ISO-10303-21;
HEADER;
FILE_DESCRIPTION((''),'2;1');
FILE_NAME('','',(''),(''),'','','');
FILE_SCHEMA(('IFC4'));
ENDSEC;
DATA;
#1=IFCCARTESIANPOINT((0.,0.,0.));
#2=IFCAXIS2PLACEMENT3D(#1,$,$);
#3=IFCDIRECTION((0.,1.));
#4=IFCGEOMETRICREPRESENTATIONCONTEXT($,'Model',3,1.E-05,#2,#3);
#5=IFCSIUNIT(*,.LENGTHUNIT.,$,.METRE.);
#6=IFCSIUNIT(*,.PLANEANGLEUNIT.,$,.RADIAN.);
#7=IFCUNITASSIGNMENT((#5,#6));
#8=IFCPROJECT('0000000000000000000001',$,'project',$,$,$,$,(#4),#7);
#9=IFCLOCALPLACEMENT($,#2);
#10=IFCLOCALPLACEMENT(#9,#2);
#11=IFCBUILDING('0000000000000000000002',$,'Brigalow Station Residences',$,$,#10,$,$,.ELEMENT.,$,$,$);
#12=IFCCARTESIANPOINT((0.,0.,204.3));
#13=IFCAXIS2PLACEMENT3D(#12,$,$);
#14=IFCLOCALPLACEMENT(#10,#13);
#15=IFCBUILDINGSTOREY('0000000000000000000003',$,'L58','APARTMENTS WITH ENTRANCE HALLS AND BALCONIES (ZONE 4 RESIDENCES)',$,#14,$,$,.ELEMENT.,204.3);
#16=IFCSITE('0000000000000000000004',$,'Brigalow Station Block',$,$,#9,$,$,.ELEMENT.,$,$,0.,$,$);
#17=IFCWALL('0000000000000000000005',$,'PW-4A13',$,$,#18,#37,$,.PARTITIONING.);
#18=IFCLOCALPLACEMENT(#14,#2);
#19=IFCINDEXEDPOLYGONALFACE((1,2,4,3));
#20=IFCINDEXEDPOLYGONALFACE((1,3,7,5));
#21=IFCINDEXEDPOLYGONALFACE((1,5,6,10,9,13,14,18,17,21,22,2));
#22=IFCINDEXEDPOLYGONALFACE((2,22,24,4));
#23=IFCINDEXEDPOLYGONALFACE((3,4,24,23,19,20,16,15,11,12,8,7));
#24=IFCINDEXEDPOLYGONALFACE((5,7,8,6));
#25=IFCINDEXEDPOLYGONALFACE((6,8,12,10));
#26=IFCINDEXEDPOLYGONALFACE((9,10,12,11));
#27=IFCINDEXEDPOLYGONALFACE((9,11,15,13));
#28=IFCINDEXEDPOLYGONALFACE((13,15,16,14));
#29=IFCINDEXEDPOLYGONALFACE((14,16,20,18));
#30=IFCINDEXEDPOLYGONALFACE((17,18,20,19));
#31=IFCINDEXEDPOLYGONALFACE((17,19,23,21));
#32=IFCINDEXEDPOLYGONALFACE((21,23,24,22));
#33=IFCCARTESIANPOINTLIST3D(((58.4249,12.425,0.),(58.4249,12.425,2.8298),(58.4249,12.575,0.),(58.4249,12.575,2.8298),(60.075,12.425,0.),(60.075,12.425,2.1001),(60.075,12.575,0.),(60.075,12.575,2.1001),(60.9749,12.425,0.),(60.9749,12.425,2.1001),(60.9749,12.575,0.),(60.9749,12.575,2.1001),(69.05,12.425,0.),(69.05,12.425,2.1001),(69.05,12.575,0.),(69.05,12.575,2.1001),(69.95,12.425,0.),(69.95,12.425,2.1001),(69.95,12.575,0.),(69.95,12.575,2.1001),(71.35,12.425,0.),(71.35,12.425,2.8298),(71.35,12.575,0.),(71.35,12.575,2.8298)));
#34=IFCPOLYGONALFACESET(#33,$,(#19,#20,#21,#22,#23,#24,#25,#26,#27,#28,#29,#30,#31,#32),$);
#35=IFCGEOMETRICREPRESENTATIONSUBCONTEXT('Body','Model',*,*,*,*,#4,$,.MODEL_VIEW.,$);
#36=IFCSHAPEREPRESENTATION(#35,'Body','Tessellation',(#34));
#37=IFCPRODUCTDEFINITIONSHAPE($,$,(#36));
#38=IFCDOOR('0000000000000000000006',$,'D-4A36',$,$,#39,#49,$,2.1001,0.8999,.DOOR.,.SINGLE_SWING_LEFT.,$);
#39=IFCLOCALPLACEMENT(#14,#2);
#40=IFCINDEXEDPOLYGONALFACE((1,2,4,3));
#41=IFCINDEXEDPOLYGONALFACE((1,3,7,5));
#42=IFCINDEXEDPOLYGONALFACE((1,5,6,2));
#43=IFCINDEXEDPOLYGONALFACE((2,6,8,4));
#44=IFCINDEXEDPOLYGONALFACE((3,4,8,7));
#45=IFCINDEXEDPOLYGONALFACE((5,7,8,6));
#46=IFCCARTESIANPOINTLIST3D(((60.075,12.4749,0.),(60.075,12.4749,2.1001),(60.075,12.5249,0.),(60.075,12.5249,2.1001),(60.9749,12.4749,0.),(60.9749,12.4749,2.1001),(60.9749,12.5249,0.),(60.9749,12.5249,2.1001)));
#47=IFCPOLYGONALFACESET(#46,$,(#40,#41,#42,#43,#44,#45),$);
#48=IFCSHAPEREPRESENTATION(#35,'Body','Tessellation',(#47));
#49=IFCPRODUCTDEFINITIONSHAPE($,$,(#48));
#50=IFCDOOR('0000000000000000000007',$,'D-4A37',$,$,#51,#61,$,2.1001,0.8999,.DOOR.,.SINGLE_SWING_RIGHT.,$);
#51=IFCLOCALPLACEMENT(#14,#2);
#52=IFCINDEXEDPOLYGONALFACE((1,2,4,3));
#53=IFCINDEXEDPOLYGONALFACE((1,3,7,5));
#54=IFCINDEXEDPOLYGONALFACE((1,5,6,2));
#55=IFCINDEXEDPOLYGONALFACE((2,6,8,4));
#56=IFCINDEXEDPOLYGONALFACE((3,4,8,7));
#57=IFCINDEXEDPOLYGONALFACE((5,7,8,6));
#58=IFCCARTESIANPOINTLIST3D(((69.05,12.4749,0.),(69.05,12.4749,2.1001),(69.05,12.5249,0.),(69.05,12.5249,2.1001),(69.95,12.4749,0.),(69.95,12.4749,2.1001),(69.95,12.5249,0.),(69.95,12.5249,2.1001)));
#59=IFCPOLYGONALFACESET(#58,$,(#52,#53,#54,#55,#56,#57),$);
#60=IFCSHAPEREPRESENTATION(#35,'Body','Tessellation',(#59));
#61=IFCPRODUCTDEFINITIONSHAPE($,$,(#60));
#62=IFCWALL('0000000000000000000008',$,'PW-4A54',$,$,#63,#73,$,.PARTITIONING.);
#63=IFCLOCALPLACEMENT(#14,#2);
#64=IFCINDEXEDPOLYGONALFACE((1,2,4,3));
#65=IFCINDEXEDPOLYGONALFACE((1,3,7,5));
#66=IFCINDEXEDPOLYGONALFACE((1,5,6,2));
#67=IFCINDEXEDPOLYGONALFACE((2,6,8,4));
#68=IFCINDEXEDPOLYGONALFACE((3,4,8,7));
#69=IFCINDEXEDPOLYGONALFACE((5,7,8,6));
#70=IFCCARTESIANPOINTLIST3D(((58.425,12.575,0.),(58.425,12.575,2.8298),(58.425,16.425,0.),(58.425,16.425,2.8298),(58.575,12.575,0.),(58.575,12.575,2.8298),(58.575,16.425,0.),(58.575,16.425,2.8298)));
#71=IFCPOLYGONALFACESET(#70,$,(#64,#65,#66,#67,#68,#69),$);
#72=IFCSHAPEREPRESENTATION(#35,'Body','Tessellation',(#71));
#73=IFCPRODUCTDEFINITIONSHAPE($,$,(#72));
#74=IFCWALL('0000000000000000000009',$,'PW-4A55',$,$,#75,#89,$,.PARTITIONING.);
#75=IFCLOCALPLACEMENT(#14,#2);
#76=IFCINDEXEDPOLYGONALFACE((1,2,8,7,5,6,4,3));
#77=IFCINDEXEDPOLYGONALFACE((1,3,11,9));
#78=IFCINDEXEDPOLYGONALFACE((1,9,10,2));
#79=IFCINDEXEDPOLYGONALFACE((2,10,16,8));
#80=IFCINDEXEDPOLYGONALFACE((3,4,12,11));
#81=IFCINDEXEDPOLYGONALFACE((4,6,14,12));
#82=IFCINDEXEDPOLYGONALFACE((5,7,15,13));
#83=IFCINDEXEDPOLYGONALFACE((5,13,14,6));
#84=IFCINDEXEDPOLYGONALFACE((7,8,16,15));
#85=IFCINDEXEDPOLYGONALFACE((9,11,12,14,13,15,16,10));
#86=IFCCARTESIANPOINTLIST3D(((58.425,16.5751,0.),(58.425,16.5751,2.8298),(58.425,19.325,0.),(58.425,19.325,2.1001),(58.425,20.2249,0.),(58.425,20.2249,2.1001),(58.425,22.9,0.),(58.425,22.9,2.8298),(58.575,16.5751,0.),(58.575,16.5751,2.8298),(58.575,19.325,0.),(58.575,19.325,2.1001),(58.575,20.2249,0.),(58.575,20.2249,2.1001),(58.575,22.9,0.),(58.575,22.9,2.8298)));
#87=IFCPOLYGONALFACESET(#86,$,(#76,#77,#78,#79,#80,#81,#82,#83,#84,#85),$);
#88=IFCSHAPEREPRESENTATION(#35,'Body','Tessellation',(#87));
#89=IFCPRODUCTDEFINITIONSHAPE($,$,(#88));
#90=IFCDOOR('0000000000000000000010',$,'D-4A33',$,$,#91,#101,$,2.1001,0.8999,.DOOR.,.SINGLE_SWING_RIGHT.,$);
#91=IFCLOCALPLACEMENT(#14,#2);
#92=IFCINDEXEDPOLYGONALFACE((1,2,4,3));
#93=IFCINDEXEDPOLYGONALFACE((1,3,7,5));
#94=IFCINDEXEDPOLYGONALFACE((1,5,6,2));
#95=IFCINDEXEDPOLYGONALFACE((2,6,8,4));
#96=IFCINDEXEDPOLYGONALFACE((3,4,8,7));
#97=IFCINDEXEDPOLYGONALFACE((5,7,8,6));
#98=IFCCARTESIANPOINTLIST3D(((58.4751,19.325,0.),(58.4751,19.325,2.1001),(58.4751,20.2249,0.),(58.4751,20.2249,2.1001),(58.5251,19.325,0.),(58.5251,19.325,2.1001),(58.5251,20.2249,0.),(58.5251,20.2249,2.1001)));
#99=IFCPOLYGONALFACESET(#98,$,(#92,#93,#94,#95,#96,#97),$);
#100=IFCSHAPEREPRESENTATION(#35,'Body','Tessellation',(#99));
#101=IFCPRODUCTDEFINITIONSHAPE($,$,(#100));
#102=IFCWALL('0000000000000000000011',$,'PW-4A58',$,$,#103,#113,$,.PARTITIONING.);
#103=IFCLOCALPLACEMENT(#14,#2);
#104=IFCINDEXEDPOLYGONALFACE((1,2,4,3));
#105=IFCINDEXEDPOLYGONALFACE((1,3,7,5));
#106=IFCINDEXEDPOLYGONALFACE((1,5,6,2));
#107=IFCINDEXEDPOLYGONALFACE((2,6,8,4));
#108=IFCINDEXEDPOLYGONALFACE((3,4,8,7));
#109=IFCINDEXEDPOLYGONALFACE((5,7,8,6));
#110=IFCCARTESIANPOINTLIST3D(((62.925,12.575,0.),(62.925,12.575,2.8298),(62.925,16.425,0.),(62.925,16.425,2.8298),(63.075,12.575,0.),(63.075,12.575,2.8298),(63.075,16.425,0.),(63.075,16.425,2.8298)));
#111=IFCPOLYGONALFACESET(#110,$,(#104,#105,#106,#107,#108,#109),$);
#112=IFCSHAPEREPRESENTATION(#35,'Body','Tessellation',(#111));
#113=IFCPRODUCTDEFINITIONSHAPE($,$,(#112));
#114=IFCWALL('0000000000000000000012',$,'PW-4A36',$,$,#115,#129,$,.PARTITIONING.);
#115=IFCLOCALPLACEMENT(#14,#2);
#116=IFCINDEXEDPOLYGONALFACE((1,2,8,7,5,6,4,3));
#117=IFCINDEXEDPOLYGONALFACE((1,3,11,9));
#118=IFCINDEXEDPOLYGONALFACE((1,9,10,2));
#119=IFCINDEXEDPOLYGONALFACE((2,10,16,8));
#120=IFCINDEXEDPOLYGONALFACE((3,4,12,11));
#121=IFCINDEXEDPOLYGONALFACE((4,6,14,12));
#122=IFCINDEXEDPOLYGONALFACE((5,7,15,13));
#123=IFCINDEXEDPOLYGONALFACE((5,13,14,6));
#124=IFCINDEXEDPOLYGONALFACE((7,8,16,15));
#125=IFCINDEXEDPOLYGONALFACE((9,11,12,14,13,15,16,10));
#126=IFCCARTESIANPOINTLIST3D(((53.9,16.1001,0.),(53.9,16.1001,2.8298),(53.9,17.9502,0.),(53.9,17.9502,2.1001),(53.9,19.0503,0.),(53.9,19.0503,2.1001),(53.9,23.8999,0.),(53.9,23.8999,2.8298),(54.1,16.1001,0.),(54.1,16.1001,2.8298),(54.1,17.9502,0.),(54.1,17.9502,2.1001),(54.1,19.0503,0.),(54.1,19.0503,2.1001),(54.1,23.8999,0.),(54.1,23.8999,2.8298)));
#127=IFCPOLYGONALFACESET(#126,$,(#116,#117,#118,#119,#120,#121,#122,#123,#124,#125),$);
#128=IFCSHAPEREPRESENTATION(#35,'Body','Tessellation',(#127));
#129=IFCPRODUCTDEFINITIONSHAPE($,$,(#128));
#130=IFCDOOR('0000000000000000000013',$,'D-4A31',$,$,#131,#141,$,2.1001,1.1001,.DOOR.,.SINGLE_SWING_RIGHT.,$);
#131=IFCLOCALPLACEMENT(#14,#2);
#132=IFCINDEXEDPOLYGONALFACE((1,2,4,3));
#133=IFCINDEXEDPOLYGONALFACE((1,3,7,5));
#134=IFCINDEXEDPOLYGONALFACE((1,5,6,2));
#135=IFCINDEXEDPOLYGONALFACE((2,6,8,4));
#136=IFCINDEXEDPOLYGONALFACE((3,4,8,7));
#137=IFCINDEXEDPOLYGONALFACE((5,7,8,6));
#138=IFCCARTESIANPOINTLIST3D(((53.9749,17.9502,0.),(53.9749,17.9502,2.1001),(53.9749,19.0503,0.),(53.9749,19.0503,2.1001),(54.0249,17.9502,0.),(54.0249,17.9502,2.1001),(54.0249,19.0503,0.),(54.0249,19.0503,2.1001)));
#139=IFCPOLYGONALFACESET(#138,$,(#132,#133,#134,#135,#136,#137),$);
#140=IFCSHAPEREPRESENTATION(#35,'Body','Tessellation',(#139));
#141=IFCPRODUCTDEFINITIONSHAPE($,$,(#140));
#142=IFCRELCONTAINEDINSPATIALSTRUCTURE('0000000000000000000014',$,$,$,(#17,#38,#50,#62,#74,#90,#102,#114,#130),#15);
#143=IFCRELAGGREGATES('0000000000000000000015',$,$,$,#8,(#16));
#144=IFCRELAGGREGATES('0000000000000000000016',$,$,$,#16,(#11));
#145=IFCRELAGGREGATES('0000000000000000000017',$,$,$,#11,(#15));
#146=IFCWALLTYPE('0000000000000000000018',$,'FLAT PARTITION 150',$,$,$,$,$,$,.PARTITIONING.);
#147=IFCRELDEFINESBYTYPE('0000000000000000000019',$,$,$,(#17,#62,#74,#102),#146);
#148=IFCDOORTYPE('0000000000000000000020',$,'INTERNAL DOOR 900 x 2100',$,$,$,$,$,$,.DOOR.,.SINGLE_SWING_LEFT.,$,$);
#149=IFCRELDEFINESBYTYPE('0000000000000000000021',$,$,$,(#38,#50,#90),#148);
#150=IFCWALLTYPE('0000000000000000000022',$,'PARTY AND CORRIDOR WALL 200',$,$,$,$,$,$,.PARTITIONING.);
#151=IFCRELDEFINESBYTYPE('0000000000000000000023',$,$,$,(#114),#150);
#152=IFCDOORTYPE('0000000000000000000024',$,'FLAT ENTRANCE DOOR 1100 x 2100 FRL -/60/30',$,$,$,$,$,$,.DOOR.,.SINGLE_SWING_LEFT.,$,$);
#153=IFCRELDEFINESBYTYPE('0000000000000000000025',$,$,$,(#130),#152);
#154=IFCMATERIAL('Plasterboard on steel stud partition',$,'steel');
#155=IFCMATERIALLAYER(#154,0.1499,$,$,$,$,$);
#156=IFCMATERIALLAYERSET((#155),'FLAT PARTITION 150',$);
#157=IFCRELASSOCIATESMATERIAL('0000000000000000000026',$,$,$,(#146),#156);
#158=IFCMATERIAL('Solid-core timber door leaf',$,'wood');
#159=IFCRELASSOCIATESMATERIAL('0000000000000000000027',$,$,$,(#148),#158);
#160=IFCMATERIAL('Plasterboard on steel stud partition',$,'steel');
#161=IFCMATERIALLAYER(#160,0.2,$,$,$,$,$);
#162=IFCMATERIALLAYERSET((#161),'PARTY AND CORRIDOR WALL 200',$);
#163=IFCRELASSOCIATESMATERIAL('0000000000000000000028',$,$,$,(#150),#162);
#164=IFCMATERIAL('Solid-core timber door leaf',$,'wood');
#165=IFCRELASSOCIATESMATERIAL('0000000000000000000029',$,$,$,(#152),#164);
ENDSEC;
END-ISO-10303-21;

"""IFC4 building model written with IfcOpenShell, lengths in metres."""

from ifc_helpers import new_model, si_unit, direction, frame, frame_2d, origin, place, context, subcontext, project, spatial, rectangle, extrude, material, layer, layer_set, type_object, element, fill, save


model = new_model("IFC4")

# Units and contexts
model_context = context("Model", 3, precision=1e-05, world=origin(), true_north=direction((0.0, 1.0)))
body_context = subcontext(model_context, "Body", "Model", "MODEL_VIEW")
ifc_project = project(units=[si_unit("LENGTHUNIT", "METRE"), si_unit("PLANEANGLEUNIT", "RADIAN")], contexts=[model_context])

# Site, building, storey
site_placement = place(None, origin())
site = spatial("IfcSite", under=ifc_project, at=site_placement, Name="Brigalow Station Block", CompositionType="ELEMENT", RefElevation=0.0)
building_placement = place(site_placement, origin())
building = spatial("IfcBuilding", under=site, at=building_placement, Name="Brigalow Station Residences", CompositionType="ELEMENT")
storey_placement = place(building_placement, frame((0.0, 0.0, 204.3)))
storey = spatial("IfcBuildingStorey", under=building, at=storey_placement, Name="L58", Description="APARTMENTS WITH ENTRANCE HALLS AND BALCONIES (ZONE 4 RESIDENCES)", CompositionType="ELEMENT", Elevation=204.3)

# Wall, openings, doors
ifc_material_1 = material(Name="Plasterboard on steel stud partition", Category="steel")
ifc_layer_1 = layer(ifc_material_1, 0.1499)
ifc_layer_set_1 = layer_set([ifc_layer_1], Name="FLAT PARTITION 150")
wall_type_1 = type_object("IfcWallType", Name="FLAT PARTITION 150", PredefinedType="PARTITIONING", material=ifc_layer_set_1)
wall_1_placement = place(storey_placement, frame((58.425, 12.5, 0.0), z_axis=(0.0, 0.0, 1.0), x_axis=(1.0, 0.0, 0.0)))
wall_1 = element("IfcWall", 1, at=wall_1_placement, inside=storey, type_object=wall_type_1, Name="PW-4A13", PredefinedType="PARTITIONING", context=body_context, shape_type="SweptSolid", body=[
    extrude(rectangle(XDim=12.925, YDim=0.1499, at=frame_2d((6.4624, 0.0))), origin(), (0.0, 0.0, 1.0), 2.8298),
])
opening_1_placement = place(wall_1_placement, frame((1.6499, 0.0, 0.0)))
opening_1 = element("IfcOpeningElement", 2, at=opening_1_placement, cuts=wall_1, PredefinedType="OPENING", context=body_context, shape_type="SweptSolid", body=[
    extrude(rectangle(XDim=0.8999, YDim=2.1001, at=frame_2d((0.45, 1.05))), frame((0.0, 0.085, 0.0), z_axis=(0.0, -1.0, 0.0), x_axis=(1.0, 0.0, 0.0)), (0.0, 0.0, 1.0), 0.1699),
])
opening_2_placement = place(wall_1_placement, frame((10.625, 0.0, 0.0)))
opening_2 = element("IfcOpeningElement", 3, at=opening_2_placement, cuts=wall_1, PredefinedType="OPENING", context=body_context, shape_type="SweptSolid", body=[
    extrude(rectangle(XDim=0.8999, YDim=2.1001, at=frame_2d((0.45, 1.05))), frame((0.0, 0.085, 0.0), z_axis=(0.0, -1.0, 0.0), x_axis=(1.0, 0.0, 0.0)), (0.0, 0.0, 1.0), 0.1699),
])
ifc_material_2 = material(Name="Solid-core timber door leaf", Category="wood")
door_type_1 = type_object("IfcDoorType", Name="INTERNAL DOOR 900 x 2100", OperationType="SINGLE_SWING_LEFT", PredefinedType="DOOR", material=ifc_material_2)
door_1_placement = place(opening_1_placement, origin())
door_1 = element("IfcDoor", 4, at=door_1_placement, inside=storey, type_object=door_type_1, Name="D-4A36", OperationType="SINGLE_SWING_LEFT", OverallHeight=2.1001, OverallWidth=0.8999, PredefinedType="DOOR", context=body_context, shape_type="SweptSolid", body=[
    extrude(rectangle(XDim=0.8999, YDim=2.1001, at=frame_2d((0.45, 1.05))), frame((0.0, 0.0249, 0.0), z_axis=(0.0, -1.0, 0.0), x_axis=(1.0, 0.0, 0.0)), (0.0, 0.0, 1.0), 0.05),
])
fill(opening_1, door_1)
door_2_placement = place(opening_2_placement, origin())
door_2 = element("IfcDoor", 5, at=door_2_placement, inside=storey, type_object=door_type_1, Name="D-4A37", OperationType="SINGLE_SWING_RIGHT", OverallHeight=2.1001, OverallWidth=0.8999, PredefinedType="DOOR", context=body_context, shape_type="SweptSolid", body=[
    extrude(rectangle(XDim=0.8999, YDim=2.1001, at=frame_2d((0.45, 1.05))), frame((0.0, 0.0249, 0.0), z_axis=(0.0, -1.0, 0.0), x_axis=(1.0, 0.0, 0.0)), (0.0, 0.0, 1.0), 0.05),
])
fill(opening_2, door_2)

# Wall
wall_2_placement = place(storey_placement, frame((58.5, 12.575, 0.0), z_axis=(0.0, 0.0, 1.0), x_axis=(0.0, 1.0, 0.0)))
element("IfcWall", 6, at=wall_2_placement, inside=storey, type_object=wall_type_1, Name="PW-4A54", PredefinedType="PARTITIONING", context=body_context, shape_type="SweptSolid", body=[
    extrude(rectangle(XDim=3.8501, YDim=0.1499, at=frame_2d((1.925, 0.0))), origin(), (0.0, 0.0, 1.0), 2.8298),
])

# Wall, opening, door
wall_3_placement = place(storey_placement, frame((58.5, 16.575, 0.0), z_axis=(0.0, 0.0, 1.0), x_axis=(0.0, 1.0, 0.0)))
wall_3 = element("IfcWall", 7, at=wall_3_placement, inside=storey, type_object=wall_type_1, Name="PW-4A55", PredefinedType="PARTITIONING", context=body_context, shape_type="SweptSolid", body=[
    extrude(rectangle(XDim=6.325, YDim=0.1499, at=frame_2d((3.1626, 0.0))), origin(), (0.0, 0.0, 1.0), 2.8298),
])
opening_3_placement = place(wall_3_placement, frame((2.75, 0.0, 0.0)))
opening_3 = element("IfcOpeningElement", 8, at=opening_3_placement, cuts=wall_3, PredefinedType="OPENING", context=body_context, shape_type="SweptSolid", body=[
    extrude(rectangle(XDim=0.8999, YDim=2.1001, at=frame_2d((0.45, 1.05))), frame((0.0, 0.085, 0.0), z_axis=(0.0, -1.0, 0.0), x_axis=(1.0, 0.0, 0.0)), (0.0, 0.0, 1.0), 0.1699),
])
door_3_placement = place(opening_3_placement, origin())
door_3 = element("IfcDoor", 9, at=door_3_placement, inside=storey, type_object=door_type_1, Name="D-4A33", OperationType="SINGLE_SWING_RIGHT", OverallHeight=2.1001, OverallWidth=0.8999, PredefinedType="DOOR", context=body_context, shape_type="SweptSolid", body=[
    extrude(rectangle(XDim=0.8999, YDim=2.1001, at=frame_2d((0.45, 1.05))), frame((0.0, 0.0249, 0.0), z_axis=(0.0, -1.0, 0.0), x_axis=(1.0, 0.0, 0.0)), (0.0, 0.0, 1.0), 0.05),
])
fill(opening_3, door_3)

# Wall
wall_4_placement = place(storey_placement, frame((63.0, 12.575, 0.0), z_axis=(0.0, 0.0, 1.0), x_axis=(0.0, 1.0, 0.0)))
element("IfcWall", 10, at=wall_4_placement, inside=storey, type_object=wall_type_1, Name="PW-4A58", PredefinedType="PARTITIONING", context=body_context, shape_type="SweptSolid", body=[
    extrude(rectangle(XDim=3.8501, YDim=0.1499, at=frame_2d((1.925, 0.0))), origin(), (0.0, 0.0, 1.0), 2.8298),
])

# Wall, opening, door
ifc_material_3 = material(Name="Plasterboard on steel stud partition", Category="steel")
ifc_layer_2 = layer(ifc_material_3, 0.2)
ifc_layer_set_2 = layer_set([ifc_layer_2], Name="PARTY AND CORRIDOR WALL 200")
wall_type_2 = type_object("IfcWallType", Name="PARTY AND CORRIDOR WALL 200", PredefinedType="PARTITIONING", material=ifc_layer_set_2)
wall_5_placement = place(storey_placement, frame((54.0, 16.1001, 0.0), z_axis=(0.0, 0.0, 1.0), x_axis=(0.0, 1.0, 0.0)))
wall_5 = element("IfcWall", 11, at=wall_5_placement, inside=storey, type_object=wall_type_2, Name="PW-4A36", PredefinedType="PARTITIONING", context=body_context, shape_type="SweptSolid", body=[
    extrude(rectangle(XDim=7.7998, YDim=0.2, at=frame_2d((3.8999, 0.0))), origin(), (0.0, 0.0, 1.0), 2.8298),
])
opening_4_placement = place(wall_5_placement, frame((1.8501, 0.0, 0.0)))
opening_4 = element("IfcOpeningElement", 12, at=opening_4_placement, cuts=wall_5, PredefinedType="OPENING", context=body_context, shape_type="SweptSolid", body=[
    extrude(rectangle(XDim=1.1001, YDim=2.1001, at=frame_2d((0.55, 1.05))), frame((0.0, 0.1099, 0.0), z_axis=(0.0, -1.0, 0.0), x_axis=(1.0, 0.0, 0.0)), (0.0, 0.0, 1.0), 0.22),
])
ifc_material_4 = material(Name="Solid-core timber door leaf", Category="wood")
door_type_2 = type_object("IfcDoorType", Name="FLAT ENTRANCE DOOR 1100 x 2100 FRL -/60/30", OperationType="SINGLE_SWING_LEFT", PredefinedType="DOOR", material=ifc_material_4)
door_4_placement = place(opening_4_placement, frame((1.1001, 0.0, 0.0), z_axis=(0.0, 0.0, 1.0), x_axis=(-1.0, 0.0, 0.0)))
door_4 = element("IfcDoor", 13, at=door_4_placement, inside=storey, type_object=door_type_2, Name="D-4A31", OperationType="SINGLE_SWING_RIGHT", OverallHeight=2.1001, OverallWidth=1.1001, PredefinedType="DOOR", context=body_context, shape_type="SweptSolid", body=[
    extrude(rectangle(XDim=1.1001, YDim=2.1001, at=frame_2d((0.55, 1.05))), frame((0.0, 0.0249, 0.0), z_axis=(0.0, -1.0, 0.0), x_axis=(1.0, 0.0, 0.0)), (0.0, 0.0, 1.0), 0.05),
])
fill(opening_4, door_4)

save(model, "model.ifc")
